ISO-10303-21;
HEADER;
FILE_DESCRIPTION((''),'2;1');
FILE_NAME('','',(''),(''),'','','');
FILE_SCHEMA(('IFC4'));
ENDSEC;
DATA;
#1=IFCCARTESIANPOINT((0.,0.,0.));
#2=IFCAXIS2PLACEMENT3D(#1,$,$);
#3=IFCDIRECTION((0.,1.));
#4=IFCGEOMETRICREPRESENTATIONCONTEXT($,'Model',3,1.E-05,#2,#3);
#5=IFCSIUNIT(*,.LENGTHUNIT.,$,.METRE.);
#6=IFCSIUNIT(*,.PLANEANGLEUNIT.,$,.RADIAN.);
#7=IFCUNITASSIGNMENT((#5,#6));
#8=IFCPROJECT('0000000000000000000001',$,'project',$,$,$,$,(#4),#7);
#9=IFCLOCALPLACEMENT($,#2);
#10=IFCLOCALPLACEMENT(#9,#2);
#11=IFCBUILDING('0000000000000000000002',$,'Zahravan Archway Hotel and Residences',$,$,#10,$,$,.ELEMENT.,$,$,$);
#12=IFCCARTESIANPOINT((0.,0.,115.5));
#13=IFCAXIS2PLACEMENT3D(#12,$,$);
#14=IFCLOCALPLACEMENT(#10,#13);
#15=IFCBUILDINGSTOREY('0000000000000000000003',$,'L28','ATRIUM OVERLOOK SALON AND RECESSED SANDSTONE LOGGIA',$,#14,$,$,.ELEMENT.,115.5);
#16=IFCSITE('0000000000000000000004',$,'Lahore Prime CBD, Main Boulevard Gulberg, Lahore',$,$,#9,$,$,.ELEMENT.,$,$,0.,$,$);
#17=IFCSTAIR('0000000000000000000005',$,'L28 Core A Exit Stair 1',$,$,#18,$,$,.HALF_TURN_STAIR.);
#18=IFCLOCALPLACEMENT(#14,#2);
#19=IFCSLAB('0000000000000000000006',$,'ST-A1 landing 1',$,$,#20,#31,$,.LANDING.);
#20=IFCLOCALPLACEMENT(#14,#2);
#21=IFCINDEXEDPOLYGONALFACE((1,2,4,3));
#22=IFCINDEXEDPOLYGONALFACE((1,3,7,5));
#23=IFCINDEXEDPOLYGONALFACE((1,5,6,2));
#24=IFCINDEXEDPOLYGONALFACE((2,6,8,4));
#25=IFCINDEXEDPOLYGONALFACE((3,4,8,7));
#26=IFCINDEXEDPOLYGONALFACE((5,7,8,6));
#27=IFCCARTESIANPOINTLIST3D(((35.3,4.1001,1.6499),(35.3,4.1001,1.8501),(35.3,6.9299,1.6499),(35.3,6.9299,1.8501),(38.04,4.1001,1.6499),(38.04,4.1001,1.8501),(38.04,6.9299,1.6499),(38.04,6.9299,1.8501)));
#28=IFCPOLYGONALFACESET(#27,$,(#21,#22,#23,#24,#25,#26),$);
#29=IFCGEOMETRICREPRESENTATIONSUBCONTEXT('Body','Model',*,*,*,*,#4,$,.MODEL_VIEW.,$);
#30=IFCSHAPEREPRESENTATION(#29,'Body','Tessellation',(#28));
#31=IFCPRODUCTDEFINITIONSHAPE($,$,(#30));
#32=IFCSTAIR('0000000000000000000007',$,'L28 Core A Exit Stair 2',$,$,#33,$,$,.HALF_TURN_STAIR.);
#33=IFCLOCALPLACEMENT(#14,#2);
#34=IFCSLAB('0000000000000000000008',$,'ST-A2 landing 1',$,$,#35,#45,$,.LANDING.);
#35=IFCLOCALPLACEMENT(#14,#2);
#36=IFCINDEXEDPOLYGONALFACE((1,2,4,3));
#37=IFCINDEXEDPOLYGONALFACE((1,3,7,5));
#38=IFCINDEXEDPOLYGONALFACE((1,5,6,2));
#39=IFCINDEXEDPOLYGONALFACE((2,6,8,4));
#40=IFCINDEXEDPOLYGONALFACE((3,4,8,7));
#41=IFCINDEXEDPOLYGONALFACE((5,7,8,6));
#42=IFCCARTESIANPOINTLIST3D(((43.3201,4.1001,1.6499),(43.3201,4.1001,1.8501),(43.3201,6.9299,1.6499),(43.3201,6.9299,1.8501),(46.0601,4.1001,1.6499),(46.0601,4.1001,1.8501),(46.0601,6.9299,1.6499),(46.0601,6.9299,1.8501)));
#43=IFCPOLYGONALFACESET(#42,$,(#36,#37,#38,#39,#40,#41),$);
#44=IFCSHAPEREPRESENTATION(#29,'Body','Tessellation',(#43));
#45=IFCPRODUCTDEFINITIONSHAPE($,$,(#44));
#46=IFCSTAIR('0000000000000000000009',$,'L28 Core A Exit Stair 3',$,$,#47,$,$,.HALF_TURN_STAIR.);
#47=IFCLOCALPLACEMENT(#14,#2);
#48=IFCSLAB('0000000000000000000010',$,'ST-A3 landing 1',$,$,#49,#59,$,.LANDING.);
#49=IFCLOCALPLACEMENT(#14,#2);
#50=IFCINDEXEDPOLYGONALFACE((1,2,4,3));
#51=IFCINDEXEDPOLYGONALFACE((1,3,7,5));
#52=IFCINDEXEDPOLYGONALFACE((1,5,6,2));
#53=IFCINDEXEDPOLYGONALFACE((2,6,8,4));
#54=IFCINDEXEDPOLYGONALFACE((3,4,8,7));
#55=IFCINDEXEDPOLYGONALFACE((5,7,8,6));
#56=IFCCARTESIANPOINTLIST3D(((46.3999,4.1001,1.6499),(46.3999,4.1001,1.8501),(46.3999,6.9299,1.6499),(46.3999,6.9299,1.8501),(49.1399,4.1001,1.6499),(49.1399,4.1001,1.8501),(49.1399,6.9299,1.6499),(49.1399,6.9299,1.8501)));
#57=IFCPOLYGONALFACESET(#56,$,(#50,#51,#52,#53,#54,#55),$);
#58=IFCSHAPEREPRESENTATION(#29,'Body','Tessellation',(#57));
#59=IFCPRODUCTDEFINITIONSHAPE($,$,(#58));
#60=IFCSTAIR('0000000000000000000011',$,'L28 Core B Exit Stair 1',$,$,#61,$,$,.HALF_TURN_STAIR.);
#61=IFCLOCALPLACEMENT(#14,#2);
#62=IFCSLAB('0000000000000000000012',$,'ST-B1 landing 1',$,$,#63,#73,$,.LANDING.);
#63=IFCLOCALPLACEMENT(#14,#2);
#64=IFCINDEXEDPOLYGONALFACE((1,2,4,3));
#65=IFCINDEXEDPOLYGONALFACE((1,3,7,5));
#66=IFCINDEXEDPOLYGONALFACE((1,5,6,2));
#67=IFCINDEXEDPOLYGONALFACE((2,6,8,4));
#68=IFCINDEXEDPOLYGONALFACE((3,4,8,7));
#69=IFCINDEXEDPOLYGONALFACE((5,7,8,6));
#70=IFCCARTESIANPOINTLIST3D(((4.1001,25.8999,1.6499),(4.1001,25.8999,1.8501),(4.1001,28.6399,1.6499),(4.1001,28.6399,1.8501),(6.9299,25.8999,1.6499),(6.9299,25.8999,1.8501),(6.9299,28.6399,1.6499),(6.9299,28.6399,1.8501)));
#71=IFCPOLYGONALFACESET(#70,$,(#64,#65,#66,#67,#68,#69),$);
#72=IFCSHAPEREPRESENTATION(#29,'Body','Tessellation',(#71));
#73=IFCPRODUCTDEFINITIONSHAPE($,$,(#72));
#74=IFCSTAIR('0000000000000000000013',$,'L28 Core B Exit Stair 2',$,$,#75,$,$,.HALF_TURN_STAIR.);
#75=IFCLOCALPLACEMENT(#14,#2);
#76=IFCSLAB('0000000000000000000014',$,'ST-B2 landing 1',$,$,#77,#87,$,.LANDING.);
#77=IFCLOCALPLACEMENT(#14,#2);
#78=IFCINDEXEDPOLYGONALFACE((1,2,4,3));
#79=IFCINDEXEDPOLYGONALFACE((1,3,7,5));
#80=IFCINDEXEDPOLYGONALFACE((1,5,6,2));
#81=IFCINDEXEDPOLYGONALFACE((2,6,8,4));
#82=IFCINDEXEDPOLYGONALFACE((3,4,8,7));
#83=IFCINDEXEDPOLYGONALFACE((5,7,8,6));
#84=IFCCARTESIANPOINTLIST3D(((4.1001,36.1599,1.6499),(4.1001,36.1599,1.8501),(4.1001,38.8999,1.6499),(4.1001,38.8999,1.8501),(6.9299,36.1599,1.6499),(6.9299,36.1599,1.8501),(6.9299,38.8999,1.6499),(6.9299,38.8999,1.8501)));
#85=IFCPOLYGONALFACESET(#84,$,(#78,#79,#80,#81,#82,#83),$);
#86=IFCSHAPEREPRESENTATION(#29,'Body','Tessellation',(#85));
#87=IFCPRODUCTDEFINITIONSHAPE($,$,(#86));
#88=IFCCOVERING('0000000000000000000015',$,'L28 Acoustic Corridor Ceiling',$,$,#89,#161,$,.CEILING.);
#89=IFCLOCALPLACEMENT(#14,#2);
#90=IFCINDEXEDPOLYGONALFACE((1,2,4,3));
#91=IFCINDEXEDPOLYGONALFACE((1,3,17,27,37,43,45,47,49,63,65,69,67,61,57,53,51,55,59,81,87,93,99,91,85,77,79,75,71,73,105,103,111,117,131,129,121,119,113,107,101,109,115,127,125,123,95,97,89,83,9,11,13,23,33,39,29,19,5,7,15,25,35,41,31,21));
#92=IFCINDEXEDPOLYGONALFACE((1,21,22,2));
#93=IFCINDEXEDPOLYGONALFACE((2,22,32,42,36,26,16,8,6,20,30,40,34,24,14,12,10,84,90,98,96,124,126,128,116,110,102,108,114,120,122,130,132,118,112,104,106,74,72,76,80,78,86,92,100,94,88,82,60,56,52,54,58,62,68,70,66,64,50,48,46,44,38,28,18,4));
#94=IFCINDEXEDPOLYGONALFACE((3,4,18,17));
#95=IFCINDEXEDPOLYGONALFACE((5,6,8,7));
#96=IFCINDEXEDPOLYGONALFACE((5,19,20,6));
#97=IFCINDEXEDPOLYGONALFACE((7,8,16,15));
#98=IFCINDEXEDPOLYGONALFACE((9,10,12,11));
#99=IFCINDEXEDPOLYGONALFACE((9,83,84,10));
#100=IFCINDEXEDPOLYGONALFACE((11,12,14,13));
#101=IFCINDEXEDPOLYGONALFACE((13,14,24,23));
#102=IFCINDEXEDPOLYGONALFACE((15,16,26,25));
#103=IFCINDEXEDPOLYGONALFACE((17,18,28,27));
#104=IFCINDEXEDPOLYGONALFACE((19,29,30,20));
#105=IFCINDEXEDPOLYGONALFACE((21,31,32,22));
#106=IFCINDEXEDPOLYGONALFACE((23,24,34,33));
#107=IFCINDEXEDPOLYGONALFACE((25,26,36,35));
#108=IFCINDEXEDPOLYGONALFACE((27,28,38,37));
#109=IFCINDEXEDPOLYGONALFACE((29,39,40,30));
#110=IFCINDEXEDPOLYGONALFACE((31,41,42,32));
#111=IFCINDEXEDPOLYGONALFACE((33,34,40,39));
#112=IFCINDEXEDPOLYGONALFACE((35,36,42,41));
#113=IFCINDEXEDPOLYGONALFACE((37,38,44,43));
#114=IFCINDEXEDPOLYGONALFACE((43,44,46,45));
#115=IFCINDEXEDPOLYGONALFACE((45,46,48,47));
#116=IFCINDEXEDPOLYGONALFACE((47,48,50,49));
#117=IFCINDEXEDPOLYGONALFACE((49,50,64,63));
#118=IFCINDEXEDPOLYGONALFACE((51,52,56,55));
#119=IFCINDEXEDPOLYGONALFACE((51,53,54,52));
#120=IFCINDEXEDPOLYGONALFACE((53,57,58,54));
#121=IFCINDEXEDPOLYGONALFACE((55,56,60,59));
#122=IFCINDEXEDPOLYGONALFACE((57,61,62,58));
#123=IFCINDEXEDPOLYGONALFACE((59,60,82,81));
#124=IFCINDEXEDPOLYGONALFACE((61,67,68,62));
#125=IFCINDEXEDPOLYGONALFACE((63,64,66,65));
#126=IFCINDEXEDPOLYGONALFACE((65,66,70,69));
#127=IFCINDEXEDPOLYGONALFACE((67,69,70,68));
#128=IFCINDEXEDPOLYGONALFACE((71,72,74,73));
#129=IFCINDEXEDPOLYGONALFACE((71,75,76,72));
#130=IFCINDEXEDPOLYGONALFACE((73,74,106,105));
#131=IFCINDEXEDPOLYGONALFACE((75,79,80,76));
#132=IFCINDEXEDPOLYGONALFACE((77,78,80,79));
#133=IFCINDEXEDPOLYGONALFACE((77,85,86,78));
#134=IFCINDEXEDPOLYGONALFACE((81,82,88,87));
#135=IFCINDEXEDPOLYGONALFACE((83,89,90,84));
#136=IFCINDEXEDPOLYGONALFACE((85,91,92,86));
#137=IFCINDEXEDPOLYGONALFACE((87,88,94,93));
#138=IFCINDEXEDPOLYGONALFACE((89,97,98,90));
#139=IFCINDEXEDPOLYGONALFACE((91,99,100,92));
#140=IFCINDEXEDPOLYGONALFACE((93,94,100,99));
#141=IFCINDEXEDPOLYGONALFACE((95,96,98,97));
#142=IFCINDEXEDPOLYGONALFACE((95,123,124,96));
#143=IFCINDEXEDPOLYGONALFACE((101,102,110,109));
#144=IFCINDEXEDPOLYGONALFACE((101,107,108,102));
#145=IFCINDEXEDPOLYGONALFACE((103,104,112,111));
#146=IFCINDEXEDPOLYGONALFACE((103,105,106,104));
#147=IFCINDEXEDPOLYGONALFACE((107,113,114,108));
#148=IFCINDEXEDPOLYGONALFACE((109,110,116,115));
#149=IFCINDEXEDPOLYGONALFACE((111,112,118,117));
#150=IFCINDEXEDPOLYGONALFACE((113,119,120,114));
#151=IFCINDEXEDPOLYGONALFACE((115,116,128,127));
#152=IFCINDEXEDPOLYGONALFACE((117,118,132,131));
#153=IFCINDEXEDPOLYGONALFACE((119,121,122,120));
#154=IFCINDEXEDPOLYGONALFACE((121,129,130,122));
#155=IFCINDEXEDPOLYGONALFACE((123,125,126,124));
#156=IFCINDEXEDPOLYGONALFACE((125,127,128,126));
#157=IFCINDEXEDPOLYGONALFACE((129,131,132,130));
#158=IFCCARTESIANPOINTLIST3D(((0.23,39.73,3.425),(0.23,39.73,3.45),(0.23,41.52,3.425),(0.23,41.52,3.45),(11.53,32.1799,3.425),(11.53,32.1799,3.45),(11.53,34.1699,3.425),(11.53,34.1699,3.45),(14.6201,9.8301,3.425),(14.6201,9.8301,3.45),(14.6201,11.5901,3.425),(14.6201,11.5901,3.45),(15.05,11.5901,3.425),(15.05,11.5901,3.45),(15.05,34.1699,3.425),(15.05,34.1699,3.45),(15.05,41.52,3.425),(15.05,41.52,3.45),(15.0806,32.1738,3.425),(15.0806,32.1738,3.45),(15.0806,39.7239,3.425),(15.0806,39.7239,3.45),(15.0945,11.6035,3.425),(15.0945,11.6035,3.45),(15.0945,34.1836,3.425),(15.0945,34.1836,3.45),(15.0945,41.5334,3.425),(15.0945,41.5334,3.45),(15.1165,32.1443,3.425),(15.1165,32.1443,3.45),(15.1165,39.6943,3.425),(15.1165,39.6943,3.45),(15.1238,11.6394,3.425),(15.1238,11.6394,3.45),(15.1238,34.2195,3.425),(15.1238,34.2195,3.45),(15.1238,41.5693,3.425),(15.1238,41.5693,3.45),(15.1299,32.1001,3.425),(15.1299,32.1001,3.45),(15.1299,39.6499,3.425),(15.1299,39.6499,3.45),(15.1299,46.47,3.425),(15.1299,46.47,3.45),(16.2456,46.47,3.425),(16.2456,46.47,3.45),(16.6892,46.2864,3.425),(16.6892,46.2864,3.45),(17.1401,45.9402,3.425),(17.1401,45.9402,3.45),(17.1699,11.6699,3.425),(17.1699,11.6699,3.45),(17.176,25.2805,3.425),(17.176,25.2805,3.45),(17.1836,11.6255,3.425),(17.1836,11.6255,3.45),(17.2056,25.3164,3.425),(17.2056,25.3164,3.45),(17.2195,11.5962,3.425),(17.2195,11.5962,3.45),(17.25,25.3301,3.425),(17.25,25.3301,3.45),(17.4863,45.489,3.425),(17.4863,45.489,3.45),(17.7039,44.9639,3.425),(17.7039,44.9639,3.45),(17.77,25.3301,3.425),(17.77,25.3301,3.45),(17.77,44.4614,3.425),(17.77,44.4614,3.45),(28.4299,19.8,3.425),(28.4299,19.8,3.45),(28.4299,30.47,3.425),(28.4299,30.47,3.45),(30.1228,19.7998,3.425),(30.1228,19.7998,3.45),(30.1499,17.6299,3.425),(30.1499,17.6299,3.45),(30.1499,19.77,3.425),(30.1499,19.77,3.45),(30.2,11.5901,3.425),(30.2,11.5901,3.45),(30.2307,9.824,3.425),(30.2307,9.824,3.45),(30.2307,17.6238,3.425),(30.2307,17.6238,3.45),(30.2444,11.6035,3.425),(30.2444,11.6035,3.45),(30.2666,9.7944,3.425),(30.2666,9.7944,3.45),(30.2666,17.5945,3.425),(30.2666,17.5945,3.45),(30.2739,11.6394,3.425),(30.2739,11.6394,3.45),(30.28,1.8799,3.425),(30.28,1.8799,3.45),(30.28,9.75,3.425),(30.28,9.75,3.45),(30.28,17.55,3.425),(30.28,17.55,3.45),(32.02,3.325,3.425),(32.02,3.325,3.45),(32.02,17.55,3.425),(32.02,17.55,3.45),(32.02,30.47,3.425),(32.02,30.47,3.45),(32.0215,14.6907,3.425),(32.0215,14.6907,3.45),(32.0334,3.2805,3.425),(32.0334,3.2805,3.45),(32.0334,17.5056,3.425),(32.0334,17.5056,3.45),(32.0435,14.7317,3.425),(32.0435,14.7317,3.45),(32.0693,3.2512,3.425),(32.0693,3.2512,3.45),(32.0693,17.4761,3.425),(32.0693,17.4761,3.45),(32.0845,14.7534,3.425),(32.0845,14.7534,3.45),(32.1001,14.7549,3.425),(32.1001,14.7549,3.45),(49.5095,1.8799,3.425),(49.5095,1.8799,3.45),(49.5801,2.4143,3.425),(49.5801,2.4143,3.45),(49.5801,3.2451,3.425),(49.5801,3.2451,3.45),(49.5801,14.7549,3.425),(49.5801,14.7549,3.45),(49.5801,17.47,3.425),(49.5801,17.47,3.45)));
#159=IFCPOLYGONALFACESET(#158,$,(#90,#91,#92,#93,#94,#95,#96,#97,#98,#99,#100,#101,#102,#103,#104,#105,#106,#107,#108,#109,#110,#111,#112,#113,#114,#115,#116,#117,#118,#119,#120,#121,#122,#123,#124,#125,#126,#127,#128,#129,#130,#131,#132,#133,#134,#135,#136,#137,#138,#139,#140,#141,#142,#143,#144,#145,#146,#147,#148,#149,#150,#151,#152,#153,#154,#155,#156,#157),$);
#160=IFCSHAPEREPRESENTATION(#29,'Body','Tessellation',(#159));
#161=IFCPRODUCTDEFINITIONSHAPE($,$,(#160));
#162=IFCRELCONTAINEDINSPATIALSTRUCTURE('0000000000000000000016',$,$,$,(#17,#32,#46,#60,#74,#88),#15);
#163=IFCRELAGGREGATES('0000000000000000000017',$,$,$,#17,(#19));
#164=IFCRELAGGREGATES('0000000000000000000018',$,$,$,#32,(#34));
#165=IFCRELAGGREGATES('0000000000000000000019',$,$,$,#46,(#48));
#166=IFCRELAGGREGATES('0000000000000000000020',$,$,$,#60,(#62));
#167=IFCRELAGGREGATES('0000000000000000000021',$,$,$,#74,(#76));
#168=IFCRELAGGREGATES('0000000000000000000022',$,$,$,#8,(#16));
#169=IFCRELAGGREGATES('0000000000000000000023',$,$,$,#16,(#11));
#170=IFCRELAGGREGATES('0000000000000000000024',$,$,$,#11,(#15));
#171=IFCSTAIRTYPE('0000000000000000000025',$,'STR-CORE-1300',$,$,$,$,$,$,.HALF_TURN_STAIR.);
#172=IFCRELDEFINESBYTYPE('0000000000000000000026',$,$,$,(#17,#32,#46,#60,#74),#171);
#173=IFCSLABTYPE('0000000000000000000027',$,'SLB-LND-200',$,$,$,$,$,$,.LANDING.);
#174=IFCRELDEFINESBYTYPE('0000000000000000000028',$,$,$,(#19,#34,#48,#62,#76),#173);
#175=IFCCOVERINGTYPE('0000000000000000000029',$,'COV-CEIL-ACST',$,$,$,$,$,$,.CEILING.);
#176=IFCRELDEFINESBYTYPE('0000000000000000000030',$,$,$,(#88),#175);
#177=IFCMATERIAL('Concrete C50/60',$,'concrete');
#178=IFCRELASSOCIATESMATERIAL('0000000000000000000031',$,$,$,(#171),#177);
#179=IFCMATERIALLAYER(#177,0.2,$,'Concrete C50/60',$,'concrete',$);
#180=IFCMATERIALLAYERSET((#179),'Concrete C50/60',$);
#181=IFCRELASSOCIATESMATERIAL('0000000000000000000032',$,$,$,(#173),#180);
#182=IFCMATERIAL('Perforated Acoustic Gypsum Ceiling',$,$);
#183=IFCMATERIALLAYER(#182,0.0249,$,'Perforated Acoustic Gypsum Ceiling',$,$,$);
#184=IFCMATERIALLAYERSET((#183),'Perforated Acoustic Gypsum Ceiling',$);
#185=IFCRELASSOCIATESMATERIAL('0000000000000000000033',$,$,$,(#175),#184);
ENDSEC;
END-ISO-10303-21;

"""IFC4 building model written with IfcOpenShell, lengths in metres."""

from ifc_helpers import new_model, si_unit, direction, frame, origin, place, context, subcontext, project, spatial, polyline, outline, extrude, material, layer, layer_set, type_object, element, aggregate, save


model = new_model("IFC4")

# Units and contexts
model_context = context("Model", 3, precision=1e-05, world=origin(), true_north=direction((0.0, 1.0)))
body_context = subcontext(model_context, "Body", "Model", "MODEL_VIEW")
ifc_project = project(units=[si_unit("LENGTHUNIT", "METRE"), si_unit("PLANEANGLEUNIT", "RADIAN")], contexts=[model_context])

# Site, building, storey
site_placement = place(None, origin())
site = spatial("IfcSite", under=ifc_project, at=site_placement, Name="Lahore Prime CBD, Main Boulevard Gulberg, Lahore", CompositionType="ELEMENT", RefElevation=0.0)
building_placement = place(site_placement, origin())
building = spatial("IfcBuilding", under=site, at=building_placement, Name="Zahravan Archway Hotel and Residences", CompositionType="ELEMENT")
storey_placement = place(building_placement, frame((0.0, 0.0, 115.5)))
storey = spatial("IfcBuildingStorey", under=building, at=storey_placement, Name="L28", Description="ATRIUM OVERLOOK SALON AND RECESSED SANDSTONE LOGGIA", CompositionType="ELEMENT", Elevation=115.5)

# Stairs, slabs
ifc_material_1 = material(Name="Concrete C50/60", Category="concrete")
stair_type = type_object("IfcStairType", Name="STR-CORE-1300", PredefinedType="HALF_TURN_STAIR", material=ifc_material_1)
stair_1_placement = place(storey_placement, origin())
stair_1 = element("IfcStair", 1, at=stair_1_placement, inside=storey, type_object=stair_type, Name="L28 Core A Exit Stair 1", PredefinedType="HALF_TURN_STAIR")
ifc_layer_1 = layer(ifc_material_1, 0.2, Name="Concrete C50/60", Category="concrete")
ifc_layer_set_1 = layer_set([ifc_layer_1], Name="Concrete C50/60")
slab_type_1 = type_object("IfcSlabType", Name="SLB-LND-200", PredefinedType="LANDING", material=ifc_layer_set_1)
slab_1_placement = place(storey_placement, frame((0.0, 0.0, 1.6499)))
slab_1 = element("IfcSlab", 2, at=slab_1_placement, type_object=slab_type_1, Name="ST-A1 landing 1", PredefinedType="LANDING", context=body_context, shape_type="SweptSolid", body=[
    extrude(outline(polyline([(35.3, 6.9299), (35.3, 4.1001), (38.04, 4.1001), (38.04, 6.9299), (35.3, 6.9299)])), origin(), (0.0, 0.0, 1.0), 0.2002),
])
aggregate(stair_1, [slab_1])
stair_2_placement = place(storey_placement, origin())
stair_2 = element("IfcStair", 3, at=stair_2_placement, inside=storey, type_object=stair_type, Name="L28 Core A Exit Stair 2", PredefinedType="HALF_TURN_STAIR")
slab_2_placement = place(storey_placement, frame((0.0, 0.0, 1.6499)))
slab_2 = element("IfcSlab", 4, at=slab_2_placement, type_object=slab_type_1, Name="ST-A2 landing 1", PredefinedType="LANDING", context=body_context, shape_type="SweptSolid", body=[
    extrude(outline(polyline([(43.3201, 6.9299), (43.3201, 4.1001), (46.0601, 4.1001), (46.0601, 6.9299), (43.3201, 6.9299)])), origin(), (0.0, 0.0, 1.0), 0.2002),
])
aggregate(stair_2, [slab_2])
stair_3_placement = place(storey_placement, origin())
stair_3 = element("IfcStair", 5, at=stair_3_placement, inside=storey, type_object=stair_type, Name="L28 Core A Exit Stair 3", PredefinedType="HALF_TURN_STAIR")
slab_3_placement = place(storey_placement, frame((0.0, 0.0, 1.6499)))
slab_3 = element("IfcSlab", 6, at=slab_3_placement, type_object=slab_type_1, Name="ST-A3 landing 1", PredefinedType="LANDING", context=body_context, shape_type="SweptSolid", body=[
    extrude(outline(polyline([(46.3999, 6.9299), (46.3999, 4.1001), (49.1399, 4.1001), (49.1399, 6.9299), (46.3999, 6.9299)])), origin(), (0.0, 0.0, 1.0), 0.2002),
])
aggregate(stair_3, [slab_3])
stair_4_placement = place(storey_placement, origin())
stair_4 = element("IfcStair", 7, at=stair_4_placement, inside=storey, type_object=stair_type, Name="L28 Core B Exit Stair 1", PredefinedType="HALF_TURN_STAIR")
slab_4_placement = place(storey_placement, frame((0.0, 0.0, 1.6499)))
slab_4 = element("IfcSlab", 8, at=slab_4_placement, type_object=slab_type_1, Name="ST-B1 landing 1", PredefinedType="LANDING", context=body_context, shape_type="SweptSolid", body=[
    extrude(outline(polyline([(6.9299, 28.6399), (4.1001, 28.6399), (4.1001, 25.8999), (6.9299, 25.8999), (6.9299, 28.6399)])), origin(), (0.0, 0.0, 1.0), 0.2002),
])
aggregate(stair_4, [slab_4])
stair_5_placement = place(storey_placement, origin())
stair_5 = element("IfcStair", 9, at=stair_5_placement, inside=storey, type_object=stair_type, Name="L28 Core B Exit Stair 2", PredefinedType="HALF_TURN_STAIR")
slab_5_placement = place(storey_placement, frame((0.0, 0.0, 1.6499)))
slab_5 = element("IfcSlab", 10, at=slab_5_placement, type_object=slab_type_1, Name="ST-B2 landing 1", PredefinedType="LANDING", context=body_context, shape_type="SweptSolid", body=[
    extrude(outline(polyline([(6.9299, 38.8999), (4.1001, 38.8999), (4.1001, 36.1599), (6.9299, 36.1599), (6.9299, 38.8999)])), origin(), (0.0, 0.0, 1.0), 0.2002),
])
aggregate(stair_5, [slab_5])

# Covering
ifc_material_2 = material(Name="Perforated Acoustic Gypsum Ceiling")
ifc_layer_2 = layer(ifc_material_2, 0.0249, Name="Perforated Acoustic Gypsum Ceiling")
ifc_layer_set_2 = layer_set([ifc_layer_2], Name="Perforated Acoustic Gypsum Ceiling")
covering_type_1 = type_object("IfcCoveringType", Name="COV-CEIL-ACST", PredefinedType="CEILING", material=ifc_layer_set_2)
covering_1_placement = place(storey_placement, frame((0.0, 0.0, 3.425)))
element("IfcCovering", 11, at=covering_1_placement, inside=storey, type_object=covering_type_1, Name="L28 Acoustic Corridor Ceiling", PredefinedType="CEILING", context=body_context, shape_type="SweptSolid", body=[
    extrude(outline(polyline([(32.0845, 14.7534), (32.0435, 14.7317), (32.0215, 14.6907), (32.02, 3.325), (32.0334, 3.2805), (32.0693, 3.2512), (49.5801, 3.2451), (49.5801, 2.4143), (49.5095, 1.8799), (30.28, 1.8799), (30.28, 9.75), (30.2666, 9.7944), (30.2307, 9.824), (14.6201, 9.8301), (14.6201, 11.5901), (15.05, 11.5901), (15.0945, 11.6035), (15.1238, 11.6394), (15.1299, 32.1001), (15.1165, 32.1443), (15.0806, 32.1738), (11.53, 32.1799), (11.53, 34.1699), (15.05, 34.1699), (15.0945, 34.1836), (15.1238, 34.2195), (15.1299, 39.6499), (15.1165, 39.6943), (15.0806, 39.7239), (0.23, 39.73), (0.23, 41.52), (15.05, 41.52), (15.0945, 41.5334), (15.1238, 41.5693), (15.1299, 46.47), (16.2456, 46.47), (16.6892, 46.2864), (17.1401, 45.9402), (17.4863, 45.489), (17.7039, 44.9639), (17.77, 44.4614), (17.77, 25.3301), (17.25, 25.3301), (17.2056, 25.3164), (17.176, 25.2805), (17.1699, 11.6699), (17.1836, 11.6255), (17.2195, 11.5962), (30.2, 11.5901), (30.2444, 11.6035), (30.2739, 11.6394), (30.28, 17.55), (30.2666, 17.5945), (30.2307, 17.6238), (30.1499, 17.6299), (30.1499, 19.77), (30.1228, 19.7998), (28.4299, 19.8), (28.4299, 30.47), (32.02, 30.47), (32.02, 17.55), (32.0334, 17.5056), (32.0693, 17.4761), (49.5801, 17.47), (49.5801, 14.7549), (32.1001, 14.7549), (32.0845, 14.7534)])), origin(), (0.0, 0.0, 1.0), 0.0249),
])

save(model, "model.ifc")
